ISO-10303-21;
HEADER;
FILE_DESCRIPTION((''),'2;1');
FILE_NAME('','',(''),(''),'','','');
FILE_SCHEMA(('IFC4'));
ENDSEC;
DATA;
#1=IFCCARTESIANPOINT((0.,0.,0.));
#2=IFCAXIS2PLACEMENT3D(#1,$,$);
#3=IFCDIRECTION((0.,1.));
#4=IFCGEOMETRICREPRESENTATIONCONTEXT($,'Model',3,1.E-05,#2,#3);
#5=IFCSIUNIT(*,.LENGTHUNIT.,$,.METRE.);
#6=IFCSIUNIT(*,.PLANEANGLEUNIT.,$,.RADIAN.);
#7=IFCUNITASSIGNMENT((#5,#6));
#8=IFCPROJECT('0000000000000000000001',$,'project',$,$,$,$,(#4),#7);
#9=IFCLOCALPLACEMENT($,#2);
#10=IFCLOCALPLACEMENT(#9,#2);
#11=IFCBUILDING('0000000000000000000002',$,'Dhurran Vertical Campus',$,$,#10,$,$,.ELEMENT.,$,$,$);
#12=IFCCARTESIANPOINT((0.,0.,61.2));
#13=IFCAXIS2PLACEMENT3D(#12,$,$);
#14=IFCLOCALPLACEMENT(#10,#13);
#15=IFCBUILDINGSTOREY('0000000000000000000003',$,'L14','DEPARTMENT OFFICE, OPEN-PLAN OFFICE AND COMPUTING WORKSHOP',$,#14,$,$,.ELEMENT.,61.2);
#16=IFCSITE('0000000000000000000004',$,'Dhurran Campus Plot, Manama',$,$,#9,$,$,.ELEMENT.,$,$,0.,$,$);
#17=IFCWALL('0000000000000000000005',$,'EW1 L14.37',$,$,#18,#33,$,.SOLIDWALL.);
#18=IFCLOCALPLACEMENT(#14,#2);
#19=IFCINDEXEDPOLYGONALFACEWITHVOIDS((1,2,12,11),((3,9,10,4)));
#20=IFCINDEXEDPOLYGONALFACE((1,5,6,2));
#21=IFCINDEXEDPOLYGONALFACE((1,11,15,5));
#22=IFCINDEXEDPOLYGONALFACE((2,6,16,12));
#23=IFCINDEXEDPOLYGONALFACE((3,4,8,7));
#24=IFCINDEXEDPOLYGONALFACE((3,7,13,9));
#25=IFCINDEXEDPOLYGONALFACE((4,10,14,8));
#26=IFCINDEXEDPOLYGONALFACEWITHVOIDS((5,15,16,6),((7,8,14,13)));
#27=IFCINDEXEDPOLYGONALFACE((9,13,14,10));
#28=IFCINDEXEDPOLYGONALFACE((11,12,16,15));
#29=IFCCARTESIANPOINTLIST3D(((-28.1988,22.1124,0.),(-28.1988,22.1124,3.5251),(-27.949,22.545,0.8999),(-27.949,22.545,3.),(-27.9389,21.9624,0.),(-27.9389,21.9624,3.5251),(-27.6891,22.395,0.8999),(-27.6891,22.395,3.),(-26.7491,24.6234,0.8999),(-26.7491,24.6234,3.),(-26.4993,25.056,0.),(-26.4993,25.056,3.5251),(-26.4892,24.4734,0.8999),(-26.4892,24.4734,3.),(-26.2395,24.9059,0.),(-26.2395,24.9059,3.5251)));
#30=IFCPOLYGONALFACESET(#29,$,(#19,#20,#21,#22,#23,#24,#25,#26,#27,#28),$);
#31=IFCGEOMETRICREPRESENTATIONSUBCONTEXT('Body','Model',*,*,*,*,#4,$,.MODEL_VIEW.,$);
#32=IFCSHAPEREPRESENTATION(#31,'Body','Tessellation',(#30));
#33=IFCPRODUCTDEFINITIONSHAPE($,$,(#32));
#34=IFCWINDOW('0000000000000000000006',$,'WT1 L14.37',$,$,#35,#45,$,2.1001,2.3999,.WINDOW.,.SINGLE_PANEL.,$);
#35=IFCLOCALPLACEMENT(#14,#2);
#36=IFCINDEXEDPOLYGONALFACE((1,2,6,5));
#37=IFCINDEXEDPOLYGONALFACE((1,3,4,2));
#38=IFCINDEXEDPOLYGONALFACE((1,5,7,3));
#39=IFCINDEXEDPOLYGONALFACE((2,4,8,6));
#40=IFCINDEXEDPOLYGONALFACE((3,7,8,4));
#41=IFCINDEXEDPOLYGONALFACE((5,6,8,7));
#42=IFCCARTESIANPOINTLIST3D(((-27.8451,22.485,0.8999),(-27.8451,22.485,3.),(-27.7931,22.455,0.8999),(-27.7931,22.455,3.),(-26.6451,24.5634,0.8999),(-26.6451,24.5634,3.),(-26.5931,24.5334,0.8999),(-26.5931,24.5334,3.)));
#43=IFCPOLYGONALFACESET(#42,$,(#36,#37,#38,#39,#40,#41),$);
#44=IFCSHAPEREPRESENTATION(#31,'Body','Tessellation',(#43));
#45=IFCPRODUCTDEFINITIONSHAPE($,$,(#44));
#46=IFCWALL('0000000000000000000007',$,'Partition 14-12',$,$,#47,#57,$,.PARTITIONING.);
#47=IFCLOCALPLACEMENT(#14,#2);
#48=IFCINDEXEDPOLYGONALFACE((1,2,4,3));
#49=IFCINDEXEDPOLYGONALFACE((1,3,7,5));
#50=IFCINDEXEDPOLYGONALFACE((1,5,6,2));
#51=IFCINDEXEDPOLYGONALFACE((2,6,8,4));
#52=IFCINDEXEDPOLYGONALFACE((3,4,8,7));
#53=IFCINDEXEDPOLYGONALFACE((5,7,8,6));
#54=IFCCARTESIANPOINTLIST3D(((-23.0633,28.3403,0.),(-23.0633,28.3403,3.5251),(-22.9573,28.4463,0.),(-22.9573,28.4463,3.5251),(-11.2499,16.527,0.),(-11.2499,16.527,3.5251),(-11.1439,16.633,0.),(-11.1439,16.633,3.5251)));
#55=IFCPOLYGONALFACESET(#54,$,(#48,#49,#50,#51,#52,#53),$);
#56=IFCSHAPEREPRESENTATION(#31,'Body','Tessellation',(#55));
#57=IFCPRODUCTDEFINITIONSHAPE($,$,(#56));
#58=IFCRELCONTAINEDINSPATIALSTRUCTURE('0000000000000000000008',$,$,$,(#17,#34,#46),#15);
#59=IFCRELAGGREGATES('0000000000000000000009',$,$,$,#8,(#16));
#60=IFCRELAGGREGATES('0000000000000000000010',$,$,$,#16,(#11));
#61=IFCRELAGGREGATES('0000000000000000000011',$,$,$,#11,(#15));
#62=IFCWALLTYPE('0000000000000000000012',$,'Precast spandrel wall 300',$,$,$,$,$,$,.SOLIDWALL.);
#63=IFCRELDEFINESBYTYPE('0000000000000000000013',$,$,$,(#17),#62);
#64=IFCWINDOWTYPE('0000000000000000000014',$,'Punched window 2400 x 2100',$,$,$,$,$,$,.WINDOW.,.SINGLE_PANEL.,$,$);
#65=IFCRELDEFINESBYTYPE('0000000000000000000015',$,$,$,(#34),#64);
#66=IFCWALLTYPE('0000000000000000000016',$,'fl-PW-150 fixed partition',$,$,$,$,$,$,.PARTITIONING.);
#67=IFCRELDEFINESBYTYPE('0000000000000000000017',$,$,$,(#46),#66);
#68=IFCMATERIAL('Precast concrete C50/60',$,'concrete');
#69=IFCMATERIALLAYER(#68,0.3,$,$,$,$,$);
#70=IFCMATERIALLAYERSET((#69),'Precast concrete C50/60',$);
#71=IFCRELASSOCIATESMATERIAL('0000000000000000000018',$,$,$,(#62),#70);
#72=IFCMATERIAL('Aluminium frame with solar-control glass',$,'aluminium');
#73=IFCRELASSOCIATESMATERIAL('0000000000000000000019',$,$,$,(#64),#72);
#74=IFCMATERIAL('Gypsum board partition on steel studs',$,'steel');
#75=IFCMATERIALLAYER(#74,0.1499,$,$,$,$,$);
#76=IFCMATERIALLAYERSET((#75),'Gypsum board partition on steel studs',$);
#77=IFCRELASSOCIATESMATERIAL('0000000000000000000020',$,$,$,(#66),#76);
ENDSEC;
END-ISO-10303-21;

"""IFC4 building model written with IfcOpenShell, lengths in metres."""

from ifc_helpers import new_model, si_unit, direction, frame, frame_2d, origin, place, context, subcontext, project, spatial, rectangle, extrude, material, layer, layer_set, type_object, element, fill, save


model = new_model("IFC4")

# Units and contexts
model_context = context("Model", 3, precision=1e-05, world=origin(), true_north=direction((0.0, 1.0)))
body_context = subcontext(model_context, "Body", "Model", "MODEL_VIEW")
ifc_project = project(units=[si_unit("LENGTHUNIT", "METRE"), si_unit("PLANEANGLEUNIT", "RADIAN")], contexts=[model_context])

# Site, building, storey
site_placement = place(None, origin())
site = spatial("IfcSite", under=ifc_project, at=site_placement, Name="Dhurran Campus Plot, Manama", CompositionType="ELEMENT", RefElevation=0.0)
building_placement = place(site_placement, origin())
building = spatial("IfcBuilding", under=site, at=building_placement, Name="Dhurran Vertical Campus", CompositionType="ELEMENT")
storey_placement = place(building_placement, frame((0.0, 0.0, 61.2)))
storey = spatial("IfcBuildingStorey", under=building, at=storey_placement, Name="L14", Description="DEPARTMENT OFFICE, OPEN-PLAN OFFICE AND COMPUTING WORKSHOP", CompositionType="ELEMENT", Elevation=61.2)

# Wall, opening, window
ifc_material_1 = material(Name="Precast concrete C50/60", Category="concrete")
ifc_layer_1 = layer(ifc_material_1, 0.3)
ifc_layer_set_1 = layer_set([ifc_layer_1], Name="Precast concrete C50/60")
wall_type_1 = type_object("IfcWallType", Name="Precast spandrel wall 300", PredefinedType="SOLIDWALL", material=ifc_layer_set_1)
ifc_material_2 = material(Name="Aluminium frame with solar-control glass", Category="aluminium")
window_type = type_object("IfcWindowType", Name="Punched window 2400 x 2100", PartitioningType="SINGLE_PANEL", PredefinedType="WINDOW", material=ifc_material_2)
wall_1_placement = place(storey_placement, frame((-26.3694, 24.981, 0.0), z_axis=(0.0, 0.0, 1.0), x_axis=(-0.499994, -0.866029, 0.0)))
wall_1 = element("IfcWall", 1, at=wall_1_placement, inside=storey, type_object=wall_type_1, Name="EW1 L14.37", PredefinedType="SOLIDWALL", context=body_context, shape_type="SweptSolid", body=[
    extrude(rectangle(XDim=3.3989, YDim=0.3, at=frame_2d((1.6995, 0.0))), origin(), (0.0, 0.0, 1.0), 3.5251),
])
opening_1_placement = place(wall_1_placement, frame((0.4995, 0.0, 0.8999)))
opening_1 = element("IfcOpeningElement", 2, at=opening_1_placement, cuts=wall_1, PredefinedType="OPENING", context=body_context, shape_type="SweptSolid", body=[
    extrude(rectangle(XDim=2.3999, YDim=2.1001, at=frame_2d((1.2, 1.05))), frame((0.0, 0.1599, 0.0), z_axis=(0.0, -1.0, 0.0), x_axis=(1.0, 0.0, 0.0)), (0.0, 0.0, 1.0), 0.3201),
])
window_1_placement = place(opening_1_placement, origin())
window_1 = element("IfcWindow", 3, at=window_1_placement, inside=storey, type_object=window_type, Name="WT1 L14.37", OverallHeight=2.1001, OverallWidth=2.3999, PartitioningType="SINGLE_PANEL", PredefinedType="WINDOW", context=body_context, shape_type="SweptSolid", body=[
    extrude(rectangle(XDim=2.3999, YDim=2.1001, at=frame_2d((1.2, 1.05))), frame((0.0, 0.03, 0.0), z_axis=(0.0, -1.0, 0.0), x_axis=(1.0, 0.0, 0.0)), (0.0, 0.0, 1.0), 0.0601),
])
fill(opening_1, window_1)

# Wall
ifc_material_3 = material(Name="Gypsum board partition on steel studs", Category="steel")
ifc_layer_2 = layer(ifc_material_3, 0.1499)
ifc_layer_set_2 = layer_set([ifc_layer_2], Name="Gypsum board partition on steel studs")
wall_type_2 = type_object("IfcWallType", Name="fl-PW-150 fixed partition", PredefinedType="PARTITIONING", material=ifc_layer_set_2)
wall_2_placement = place(storey_placement, frame((-23.0103, 28.3933, 0.0), z_axis=(0.0, 0.0, 1.0), x_axis=(0.707107, -0.707107, 0.0)))
element("IfcWall", 4, at=wall_2_placement, inside=storey, type_object=wall_type_2, Name="Partition 14-12", PredefinedType="PARTITIONING", context=body_context, shape_type="SweptSolid", body=[
    extrude(rectangle(XDim=16.7065, YDim=0.1499, at=frame_2d((8.3533, 0.0))), origin(), (0.0, 0.0, 1.0), 3.5251),
])

save(model, "model.ifc")
